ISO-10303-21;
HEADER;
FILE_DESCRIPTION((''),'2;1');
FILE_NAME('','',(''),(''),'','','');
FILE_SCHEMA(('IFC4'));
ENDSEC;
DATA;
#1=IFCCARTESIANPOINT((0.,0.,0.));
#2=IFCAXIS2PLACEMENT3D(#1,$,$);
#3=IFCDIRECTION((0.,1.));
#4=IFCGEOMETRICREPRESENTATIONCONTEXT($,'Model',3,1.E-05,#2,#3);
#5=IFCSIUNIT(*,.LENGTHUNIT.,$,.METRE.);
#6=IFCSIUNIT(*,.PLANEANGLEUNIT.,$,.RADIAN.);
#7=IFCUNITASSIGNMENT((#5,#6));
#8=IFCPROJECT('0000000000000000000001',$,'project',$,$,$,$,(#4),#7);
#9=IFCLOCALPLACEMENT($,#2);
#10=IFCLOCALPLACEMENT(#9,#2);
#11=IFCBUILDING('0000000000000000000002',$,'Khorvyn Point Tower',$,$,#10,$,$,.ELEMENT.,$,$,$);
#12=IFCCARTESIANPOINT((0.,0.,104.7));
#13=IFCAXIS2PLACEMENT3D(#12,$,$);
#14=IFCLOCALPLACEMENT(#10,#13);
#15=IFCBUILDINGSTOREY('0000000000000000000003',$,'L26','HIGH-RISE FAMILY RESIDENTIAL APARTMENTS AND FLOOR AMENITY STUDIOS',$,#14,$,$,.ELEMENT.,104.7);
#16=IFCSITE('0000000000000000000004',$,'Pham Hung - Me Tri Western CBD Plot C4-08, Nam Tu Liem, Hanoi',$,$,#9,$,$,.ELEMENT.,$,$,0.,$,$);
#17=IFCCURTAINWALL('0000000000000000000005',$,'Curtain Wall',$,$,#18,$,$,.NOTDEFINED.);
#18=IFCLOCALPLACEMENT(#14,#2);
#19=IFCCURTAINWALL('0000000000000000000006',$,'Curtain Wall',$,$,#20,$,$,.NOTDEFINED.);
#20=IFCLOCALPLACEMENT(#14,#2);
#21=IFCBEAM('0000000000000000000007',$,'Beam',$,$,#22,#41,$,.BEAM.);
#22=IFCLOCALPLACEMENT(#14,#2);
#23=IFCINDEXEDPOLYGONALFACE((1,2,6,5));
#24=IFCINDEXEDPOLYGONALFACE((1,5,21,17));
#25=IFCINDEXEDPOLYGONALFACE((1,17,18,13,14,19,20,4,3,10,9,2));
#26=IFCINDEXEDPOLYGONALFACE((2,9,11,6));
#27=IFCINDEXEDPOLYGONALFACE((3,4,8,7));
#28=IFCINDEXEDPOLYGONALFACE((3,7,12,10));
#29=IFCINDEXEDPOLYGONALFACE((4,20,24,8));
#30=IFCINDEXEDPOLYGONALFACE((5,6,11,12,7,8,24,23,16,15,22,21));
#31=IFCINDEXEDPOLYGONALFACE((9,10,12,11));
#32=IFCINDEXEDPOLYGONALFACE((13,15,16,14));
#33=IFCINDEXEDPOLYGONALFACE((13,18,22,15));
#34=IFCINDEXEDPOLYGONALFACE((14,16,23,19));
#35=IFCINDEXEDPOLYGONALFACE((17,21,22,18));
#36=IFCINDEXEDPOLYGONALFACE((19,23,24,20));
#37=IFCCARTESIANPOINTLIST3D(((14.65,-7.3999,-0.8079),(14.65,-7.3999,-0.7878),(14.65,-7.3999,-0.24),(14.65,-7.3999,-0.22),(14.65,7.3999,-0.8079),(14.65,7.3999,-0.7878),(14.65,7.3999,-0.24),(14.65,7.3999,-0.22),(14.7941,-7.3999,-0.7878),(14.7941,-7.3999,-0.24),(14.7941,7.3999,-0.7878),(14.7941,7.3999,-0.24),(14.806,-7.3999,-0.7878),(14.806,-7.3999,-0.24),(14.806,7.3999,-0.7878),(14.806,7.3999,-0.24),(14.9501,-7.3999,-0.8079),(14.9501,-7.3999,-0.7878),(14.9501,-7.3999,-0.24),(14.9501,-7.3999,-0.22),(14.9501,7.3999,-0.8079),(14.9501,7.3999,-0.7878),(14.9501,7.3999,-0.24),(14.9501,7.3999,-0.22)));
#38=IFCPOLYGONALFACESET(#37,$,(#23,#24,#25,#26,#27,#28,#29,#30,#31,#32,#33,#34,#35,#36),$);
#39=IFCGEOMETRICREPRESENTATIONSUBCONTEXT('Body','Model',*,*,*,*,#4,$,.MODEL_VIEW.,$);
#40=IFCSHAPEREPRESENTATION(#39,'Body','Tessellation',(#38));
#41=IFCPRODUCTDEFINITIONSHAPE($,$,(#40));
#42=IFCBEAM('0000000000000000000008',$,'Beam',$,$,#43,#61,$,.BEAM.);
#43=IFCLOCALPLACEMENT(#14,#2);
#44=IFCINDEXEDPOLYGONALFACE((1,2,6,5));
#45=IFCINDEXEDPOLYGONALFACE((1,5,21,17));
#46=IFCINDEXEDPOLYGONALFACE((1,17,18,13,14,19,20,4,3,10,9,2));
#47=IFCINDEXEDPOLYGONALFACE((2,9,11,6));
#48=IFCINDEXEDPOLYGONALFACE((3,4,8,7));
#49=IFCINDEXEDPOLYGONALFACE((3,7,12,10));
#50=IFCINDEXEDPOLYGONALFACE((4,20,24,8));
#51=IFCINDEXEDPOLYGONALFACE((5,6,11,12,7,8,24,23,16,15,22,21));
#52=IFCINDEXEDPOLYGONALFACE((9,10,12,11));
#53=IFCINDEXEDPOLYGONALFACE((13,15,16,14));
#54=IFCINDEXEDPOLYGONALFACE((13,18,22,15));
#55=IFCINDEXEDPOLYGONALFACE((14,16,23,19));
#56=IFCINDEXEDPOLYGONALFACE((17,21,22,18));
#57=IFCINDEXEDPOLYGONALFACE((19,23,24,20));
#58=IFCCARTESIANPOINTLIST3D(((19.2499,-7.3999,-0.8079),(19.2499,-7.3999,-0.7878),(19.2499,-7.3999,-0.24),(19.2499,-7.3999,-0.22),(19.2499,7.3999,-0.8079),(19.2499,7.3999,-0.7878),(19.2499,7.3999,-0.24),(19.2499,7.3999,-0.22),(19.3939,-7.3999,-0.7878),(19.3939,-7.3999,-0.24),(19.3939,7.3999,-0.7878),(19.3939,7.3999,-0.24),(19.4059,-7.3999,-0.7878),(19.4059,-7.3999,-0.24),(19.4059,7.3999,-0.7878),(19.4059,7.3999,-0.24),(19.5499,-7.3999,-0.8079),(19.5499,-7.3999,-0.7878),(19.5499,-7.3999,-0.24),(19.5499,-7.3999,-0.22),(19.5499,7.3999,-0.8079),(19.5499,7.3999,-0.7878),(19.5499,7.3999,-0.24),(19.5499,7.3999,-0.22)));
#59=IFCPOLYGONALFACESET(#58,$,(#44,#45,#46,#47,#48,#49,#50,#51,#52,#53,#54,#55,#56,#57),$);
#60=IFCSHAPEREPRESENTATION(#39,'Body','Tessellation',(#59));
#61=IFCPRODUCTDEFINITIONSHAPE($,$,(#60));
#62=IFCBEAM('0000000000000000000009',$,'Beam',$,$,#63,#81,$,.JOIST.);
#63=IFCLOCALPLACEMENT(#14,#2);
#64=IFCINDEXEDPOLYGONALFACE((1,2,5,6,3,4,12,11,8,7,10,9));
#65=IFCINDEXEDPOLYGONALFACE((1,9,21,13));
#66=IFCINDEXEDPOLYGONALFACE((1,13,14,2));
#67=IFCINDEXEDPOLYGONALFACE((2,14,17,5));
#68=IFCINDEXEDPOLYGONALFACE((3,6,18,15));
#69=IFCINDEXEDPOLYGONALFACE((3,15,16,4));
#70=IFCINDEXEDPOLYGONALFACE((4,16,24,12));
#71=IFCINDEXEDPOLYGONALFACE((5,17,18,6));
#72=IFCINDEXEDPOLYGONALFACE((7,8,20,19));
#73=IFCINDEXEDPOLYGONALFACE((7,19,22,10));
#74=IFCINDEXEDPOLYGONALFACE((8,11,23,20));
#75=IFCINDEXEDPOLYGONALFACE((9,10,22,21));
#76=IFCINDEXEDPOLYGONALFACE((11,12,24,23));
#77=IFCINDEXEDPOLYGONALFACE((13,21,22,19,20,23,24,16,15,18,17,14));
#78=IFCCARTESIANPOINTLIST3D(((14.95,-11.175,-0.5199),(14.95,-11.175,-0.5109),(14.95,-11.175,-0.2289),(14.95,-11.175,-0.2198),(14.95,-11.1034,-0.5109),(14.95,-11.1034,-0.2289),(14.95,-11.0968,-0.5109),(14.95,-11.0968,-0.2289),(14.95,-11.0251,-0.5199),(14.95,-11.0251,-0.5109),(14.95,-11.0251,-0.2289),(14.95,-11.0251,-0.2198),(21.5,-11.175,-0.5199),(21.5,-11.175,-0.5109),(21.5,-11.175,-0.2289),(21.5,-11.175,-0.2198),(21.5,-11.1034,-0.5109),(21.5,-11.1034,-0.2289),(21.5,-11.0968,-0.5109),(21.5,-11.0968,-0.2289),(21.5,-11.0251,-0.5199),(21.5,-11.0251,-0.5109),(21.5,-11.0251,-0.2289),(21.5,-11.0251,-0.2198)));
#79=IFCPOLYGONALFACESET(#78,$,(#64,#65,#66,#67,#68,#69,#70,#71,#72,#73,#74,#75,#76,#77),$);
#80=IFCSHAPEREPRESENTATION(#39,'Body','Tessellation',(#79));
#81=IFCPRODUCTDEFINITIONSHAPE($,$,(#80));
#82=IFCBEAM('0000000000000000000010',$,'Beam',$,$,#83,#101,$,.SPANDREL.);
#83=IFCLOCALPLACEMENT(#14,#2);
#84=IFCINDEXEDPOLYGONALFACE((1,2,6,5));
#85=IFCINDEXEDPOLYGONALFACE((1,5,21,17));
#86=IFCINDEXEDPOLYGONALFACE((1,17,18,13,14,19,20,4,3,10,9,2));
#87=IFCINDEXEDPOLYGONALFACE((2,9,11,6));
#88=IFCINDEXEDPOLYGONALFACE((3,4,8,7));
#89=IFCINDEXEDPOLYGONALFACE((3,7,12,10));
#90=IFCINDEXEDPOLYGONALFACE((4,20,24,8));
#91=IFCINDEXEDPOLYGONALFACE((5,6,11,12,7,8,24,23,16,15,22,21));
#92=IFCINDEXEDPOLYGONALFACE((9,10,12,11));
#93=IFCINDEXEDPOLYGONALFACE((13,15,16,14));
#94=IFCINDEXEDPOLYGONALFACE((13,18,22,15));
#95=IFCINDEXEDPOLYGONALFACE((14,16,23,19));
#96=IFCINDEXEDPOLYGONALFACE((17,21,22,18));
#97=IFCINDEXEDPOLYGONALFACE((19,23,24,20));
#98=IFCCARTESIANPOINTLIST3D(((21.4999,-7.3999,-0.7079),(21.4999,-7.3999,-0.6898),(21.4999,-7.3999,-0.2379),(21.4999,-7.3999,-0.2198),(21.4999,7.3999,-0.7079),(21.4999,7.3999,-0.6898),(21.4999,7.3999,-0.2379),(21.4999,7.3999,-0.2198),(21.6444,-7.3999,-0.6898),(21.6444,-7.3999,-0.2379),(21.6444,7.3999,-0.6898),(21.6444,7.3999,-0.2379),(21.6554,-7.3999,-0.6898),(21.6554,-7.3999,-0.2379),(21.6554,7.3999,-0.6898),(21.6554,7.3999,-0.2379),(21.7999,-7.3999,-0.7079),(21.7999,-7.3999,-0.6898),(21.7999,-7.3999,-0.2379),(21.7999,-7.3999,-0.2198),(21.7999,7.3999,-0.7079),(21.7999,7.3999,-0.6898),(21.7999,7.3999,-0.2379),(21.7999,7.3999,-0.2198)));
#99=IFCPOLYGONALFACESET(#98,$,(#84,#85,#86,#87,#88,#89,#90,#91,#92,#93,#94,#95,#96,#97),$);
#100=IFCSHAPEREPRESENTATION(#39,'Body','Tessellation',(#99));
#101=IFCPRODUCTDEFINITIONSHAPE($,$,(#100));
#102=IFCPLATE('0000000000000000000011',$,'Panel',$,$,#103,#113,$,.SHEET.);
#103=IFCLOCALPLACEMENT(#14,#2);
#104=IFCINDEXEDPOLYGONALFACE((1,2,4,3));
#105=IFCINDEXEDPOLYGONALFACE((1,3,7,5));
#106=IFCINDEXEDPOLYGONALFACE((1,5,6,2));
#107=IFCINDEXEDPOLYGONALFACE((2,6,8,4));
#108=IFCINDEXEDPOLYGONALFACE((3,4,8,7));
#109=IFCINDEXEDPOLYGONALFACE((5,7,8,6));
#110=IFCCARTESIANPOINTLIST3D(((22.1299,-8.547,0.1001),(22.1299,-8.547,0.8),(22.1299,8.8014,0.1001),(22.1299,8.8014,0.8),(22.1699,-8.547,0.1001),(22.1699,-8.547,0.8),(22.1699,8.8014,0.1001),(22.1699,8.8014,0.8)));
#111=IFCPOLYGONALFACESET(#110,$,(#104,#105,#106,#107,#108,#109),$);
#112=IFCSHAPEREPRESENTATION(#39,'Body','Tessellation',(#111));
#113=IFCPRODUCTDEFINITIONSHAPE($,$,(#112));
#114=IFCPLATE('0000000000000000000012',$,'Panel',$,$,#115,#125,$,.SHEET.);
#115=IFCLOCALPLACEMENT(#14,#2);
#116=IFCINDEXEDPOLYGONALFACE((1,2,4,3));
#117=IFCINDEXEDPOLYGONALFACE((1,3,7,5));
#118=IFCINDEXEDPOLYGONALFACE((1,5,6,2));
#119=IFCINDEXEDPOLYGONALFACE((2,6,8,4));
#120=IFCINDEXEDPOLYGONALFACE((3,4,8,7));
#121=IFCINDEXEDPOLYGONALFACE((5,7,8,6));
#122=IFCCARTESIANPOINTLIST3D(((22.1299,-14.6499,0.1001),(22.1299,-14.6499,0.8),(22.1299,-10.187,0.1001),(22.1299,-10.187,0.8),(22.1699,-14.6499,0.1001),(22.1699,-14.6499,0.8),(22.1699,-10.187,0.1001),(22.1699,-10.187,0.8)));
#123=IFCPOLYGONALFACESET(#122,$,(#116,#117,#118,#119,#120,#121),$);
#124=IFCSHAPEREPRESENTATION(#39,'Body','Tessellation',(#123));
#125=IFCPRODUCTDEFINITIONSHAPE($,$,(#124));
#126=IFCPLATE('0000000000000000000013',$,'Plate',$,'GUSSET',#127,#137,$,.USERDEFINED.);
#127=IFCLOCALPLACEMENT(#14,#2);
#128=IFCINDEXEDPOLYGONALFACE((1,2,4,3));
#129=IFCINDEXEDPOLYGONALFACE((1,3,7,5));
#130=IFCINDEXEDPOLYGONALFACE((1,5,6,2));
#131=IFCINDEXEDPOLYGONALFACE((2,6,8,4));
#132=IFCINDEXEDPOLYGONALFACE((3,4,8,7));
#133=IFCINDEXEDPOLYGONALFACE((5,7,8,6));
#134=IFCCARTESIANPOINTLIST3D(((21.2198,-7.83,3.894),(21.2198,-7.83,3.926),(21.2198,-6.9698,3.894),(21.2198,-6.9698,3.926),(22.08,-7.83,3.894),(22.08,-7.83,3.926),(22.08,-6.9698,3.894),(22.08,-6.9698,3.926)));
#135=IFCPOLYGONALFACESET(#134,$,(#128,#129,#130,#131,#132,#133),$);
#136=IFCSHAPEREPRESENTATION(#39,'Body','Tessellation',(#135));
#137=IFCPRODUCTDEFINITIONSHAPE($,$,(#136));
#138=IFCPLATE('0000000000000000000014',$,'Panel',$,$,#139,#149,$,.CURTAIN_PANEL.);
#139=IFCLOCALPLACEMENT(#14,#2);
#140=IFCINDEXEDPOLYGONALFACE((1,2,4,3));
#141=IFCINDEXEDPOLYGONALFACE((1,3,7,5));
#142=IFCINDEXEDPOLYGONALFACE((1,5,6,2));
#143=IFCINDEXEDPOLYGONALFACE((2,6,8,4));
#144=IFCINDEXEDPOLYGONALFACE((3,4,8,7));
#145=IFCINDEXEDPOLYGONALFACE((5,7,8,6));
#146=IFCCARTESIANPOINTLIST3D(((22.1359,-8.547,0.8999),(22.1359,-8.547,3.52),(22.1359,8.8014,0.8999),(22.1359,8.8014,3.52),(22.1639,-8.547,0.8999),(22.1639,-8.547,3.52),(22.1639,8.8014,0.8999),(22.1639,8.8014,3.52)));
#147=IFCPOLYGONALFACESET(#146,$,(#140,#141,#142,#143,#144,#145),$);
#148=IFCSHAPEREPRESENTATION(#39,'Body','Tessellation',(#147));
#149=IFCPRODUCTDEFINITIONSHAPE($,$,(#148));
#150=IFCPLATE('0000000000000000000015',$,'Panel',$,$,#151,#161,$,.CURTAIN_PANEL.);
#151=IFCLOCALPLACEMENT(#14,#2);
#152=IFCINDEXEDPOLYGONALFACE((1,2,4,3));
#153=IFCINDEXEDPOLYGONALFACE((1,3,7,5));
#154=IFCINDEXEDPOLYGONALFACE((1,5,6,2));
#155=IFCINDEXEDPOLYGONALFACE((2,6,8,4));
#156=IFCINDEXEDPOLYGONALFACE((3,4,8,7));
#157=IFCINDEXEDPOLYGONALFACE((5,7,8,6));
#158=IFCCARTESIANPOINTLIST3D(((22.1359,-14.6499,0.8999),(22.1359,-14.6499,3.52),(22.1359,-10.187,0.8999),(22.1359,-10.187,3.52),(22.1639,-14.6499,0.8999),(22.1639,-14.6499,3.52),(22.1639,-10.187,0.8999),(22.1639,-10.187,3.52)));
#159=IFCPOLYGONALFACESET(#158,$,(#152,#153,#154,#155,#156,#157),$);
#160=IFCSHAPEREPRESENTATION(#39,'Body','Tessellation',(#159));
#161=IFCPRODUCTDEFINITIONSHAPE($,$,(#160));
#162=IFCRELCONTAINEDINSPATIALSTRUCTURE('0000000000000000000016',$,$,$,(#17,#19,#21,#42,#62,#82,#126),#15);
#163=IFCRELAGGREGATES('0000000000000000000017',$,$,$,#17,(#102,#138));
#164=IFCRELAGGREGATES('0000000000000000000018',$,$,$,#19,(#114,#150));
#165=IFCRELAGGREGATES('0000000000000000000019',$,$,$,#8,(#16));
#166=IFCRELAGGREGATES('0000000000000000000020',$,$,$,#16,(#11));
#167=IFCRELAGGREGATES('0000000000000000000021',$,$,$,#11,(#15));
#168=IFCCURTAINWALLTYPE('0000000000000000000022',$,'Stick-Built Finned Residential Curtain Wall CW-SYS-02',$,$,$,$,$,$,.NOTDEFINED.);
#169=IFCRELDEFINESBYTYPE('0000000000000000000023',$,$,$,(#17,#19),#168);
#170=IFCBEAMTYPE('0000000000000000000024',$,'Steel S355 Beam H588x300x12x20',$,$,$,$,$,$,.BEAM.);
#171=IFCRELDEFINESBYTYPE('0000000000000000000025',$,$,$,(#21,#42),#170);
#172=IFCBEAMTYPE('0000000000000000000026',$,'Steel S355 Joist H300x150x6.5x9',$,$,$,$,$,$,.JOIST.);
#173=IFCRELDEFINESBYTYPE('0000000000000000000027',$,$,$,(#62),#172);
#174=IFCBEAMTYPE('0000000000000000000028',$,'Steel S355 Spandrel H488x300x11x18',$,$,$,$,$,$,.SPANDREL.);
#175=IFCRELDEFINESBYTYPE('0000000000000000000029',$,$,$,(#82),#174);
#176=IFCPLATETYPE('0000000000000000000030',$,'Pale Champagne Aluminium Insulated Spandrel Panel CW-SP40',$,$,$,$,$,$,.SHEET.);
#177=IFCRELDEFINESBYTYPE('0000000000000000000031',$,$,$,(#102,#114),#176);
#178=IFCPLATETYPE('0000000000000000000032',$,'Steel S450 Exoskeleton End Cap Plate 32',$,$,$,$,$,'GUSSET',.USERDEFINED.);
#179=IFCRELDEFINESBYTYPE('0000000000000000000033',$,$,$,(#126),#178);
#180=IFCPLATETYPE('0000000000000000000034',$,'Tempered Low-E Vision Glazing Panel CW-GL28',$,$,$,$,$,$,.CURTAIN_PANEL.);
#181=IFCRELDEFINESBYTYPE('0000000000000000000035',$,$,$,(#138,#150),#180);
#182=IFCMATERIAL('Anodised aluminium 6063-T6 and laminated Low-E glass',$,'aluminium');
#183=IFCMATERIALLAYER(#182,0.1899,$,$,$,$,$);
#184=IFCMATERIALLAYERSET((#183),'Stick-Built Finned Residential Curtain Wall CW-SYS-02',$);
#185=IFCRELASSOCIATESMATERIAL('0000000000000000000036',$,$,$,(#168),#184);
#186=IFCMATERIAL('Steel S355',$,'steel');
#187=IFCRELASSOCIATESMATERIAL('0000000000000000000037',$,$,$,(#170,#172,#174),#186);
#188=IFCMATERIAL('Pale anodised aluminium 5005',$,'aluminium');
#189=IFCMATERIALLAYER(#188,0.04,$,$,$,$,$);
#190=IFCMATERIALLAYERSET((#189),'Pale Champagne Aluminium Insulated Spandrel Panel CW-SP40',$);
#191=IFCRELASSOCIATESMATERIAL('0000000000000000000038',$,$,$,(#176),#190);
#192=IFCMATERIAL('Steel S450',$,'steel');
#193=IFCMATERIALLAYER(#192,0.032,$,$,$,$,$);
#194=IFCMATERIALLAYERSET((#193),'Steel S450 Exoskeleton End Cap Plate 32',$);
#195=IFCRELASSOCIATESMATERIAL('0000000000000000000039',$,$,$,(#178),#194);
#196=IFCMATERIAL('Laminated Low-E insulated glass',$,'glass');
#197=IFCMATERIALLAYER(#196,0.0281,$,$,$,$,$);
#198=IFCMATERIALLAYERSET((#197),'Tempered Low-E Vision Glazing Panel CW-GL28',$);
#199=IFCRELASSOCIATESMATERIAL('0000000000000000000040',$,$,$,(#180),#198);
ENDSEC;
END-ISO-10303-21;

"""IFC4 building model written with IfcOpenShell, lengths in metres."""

from ifc_helpers import new_model, si_unit, direction, frame, origin, origin_2d, place, context, subcontext, project, spatial, rectangle, i_section, extrude, material, layer, layer_set, material_profile, profile_set, type_object, element, aggregate, save


model = new_model("IFC4")

# Units and contexts
model_context = context("Model", 3, precision=1e-05, world=origin(), true_north=direction((0.0, 1.0)))
body_context = subcontext(model_context, "Body", "Model", "MODEL_VIEW")
ifc_project = project(units=[si_unit("LENGTHUNIT", "METRE"), si_unit("PLANEANGLEUNIT", "RADIAN")], contexts=[model_context])

# Site, building, storey
site_placement = place(None, origin())
site = spatial("IfcSite", under=ifc_project, at=site_placement, Name="Pham Hung - Me Tri Western CBD Plot C4-08, Nam Tu Liem, Hanoi", CompositionType="ELEMENT", RefElevation=0.0)
building_placement = place(site_placement, origin())
building = spatial("IfcBuilding", under=site, at=building_placement, Name="Khorvyn Point Tower", CompositionType="ELEMENT")
storey_placement = place(building_placement, frame((0.0, 0.0, 104.7)))
storey = spatial("IfcBuildingStorey", under=building, at=storey_placement, Name="L26", Description="HIGH-RISE FAMILY RESIDENTIAL APARTMENTS AND FLOOR AMENITY STUDIOS", CompositionType="ELEMENT", Elevation=104.7)

# Shared definitions
ifc_material_1 = material(Name="Steel S450", Category="steel")

# Curtain wall
ifc_material_2 = material(Name="Anodised aluminium 6063-T6 and laminated Low-E glass", Category="aluminium")
ifc_layer_1 = layer(ifc_material_2, 0.1899)
ifc_layer_set_1 = layer_set([ifc_layer_1], Name="Stick-Built Finned Residential Curtain Wall CW-SYS-02")
curtain_wall_type = type_object("IfcCurtainWallType", Name="Stick-Built Finned Residential Curtain Wall CW-SYS-02", PredefinedType="NOTDEFINED", material=ifc_layer_set_1)
curtain_wall_1_placement = place(storey_placement, origin())
curtain_wall_1 = element("IfcCurtainWall", 1, at=curtain_wall_1_placement, inside=storey, type_object=curtain_wall_type, Name="Curtain Wall", PredefinedType="NOTDEFINED")

# Curtain wall
curtain_wall_2_placement = place(storey_placement, origin())
curtain_wall_2 = element("IfcCurtainWall", 2, at=curtain_wall_2_placement, inside=storey, type_object=curtain_wall_type, Name="Curtain Wall", PredefinedType="NOTDEFINED")

# Beams
ifc_material_3 = material(Name="Steel S355", Category="steel")
ifc_material_profile_1 = material_profile(ifc_material_3, i_section(OverallWidth=0.3, OverallDepth=0.5879, WebThickness=0.012, FlangeThickness=0.02, at=origin_2d()))
ifc_profile_set_1 = profile_set([ifc_material_profile_1], Name="Steel S355 H588x300x12x20")
beam_type_1 = type_object("IfcBeamType", Name="Steel S355 Beam H588x300x12x20", PredefinedType="BEAM", material=ifc_profile_set_1)
for number, where, z_axis, x_axis, name in (
    (3, (14.8, -7.3999, -0.5139), (0.0, 1.0, 0.0), (-1.0, 0.0, 0.0), "Beam"),
    (4, (19.3999, -7.3999, -0.5139), (0.0, 1.0, 0.0), (-1.0, 0.0, 0.0), "Beam"),
):
    element("IfcBeam", number, at=place(storey_placement, frame(where, z_axis=z_axis, x_axis=x_axis)), inside=storey, type_object=beam_type_1, Name=name, PredefinedType="BEAM", context=body_context, shape_type="SweptSolid", body=[
        extrude(i_section(OverallWidth=0.3, OverallDepth=0.5879, WebThickness=0.012, FlangeThickness=0.02, at=origin_2d()), origin(), (0.0, 0.0, 1.0), 14.7998),
    ])
ifc_material_profile_2 = material_profile(ifc_material_3, i_section(OverallWidth=0.1499, OverallDepth=0.3, WebThickness=0.0066, FlangeThickness=0.009, at=origin_2d()))
ifc_profile_set_2 = profile_set([ifc_material_profile_2], Name="Steel S355 H300x150x6.5x9")
beam_type_2 = type_object("IfcBeamType", Name="Steel S355 Joist H300x150x6.5x9", PredefinedType="JOIST", material=ifc_profile_set_2)
beam_1_placement = place(storey_placement, frame((14.95, -11.1001, -0.3699), z_axis=(1.0, 0.0, 0.0), x_axis=(0.0, 1.0, 0.0)))
element("IfcBeam", 5, at=beam_1_placement, inside=storey, type_object=beam_type_2, Name="Beam", PredefinedType="JOIST", context=body_context, shape_type="SweptSolid", body=[
    extrude(i_section(OverallWidth=0.1499, OverallDepth=0.3, WebThickness=0.0066, FlangeThickness=0.009, at=origin_2d()), origin(), (0.0, 0.0, 1.0), 6.55),
])
ifc_material_profile_3 = material_profile(ifc_material_3, i_section(OverallWidth=0.3, OverallDepth=0.488, WebThickness=0.011, FlangeThickness=0.0181, at=origin_2d()))
ifc_profile_set_3 = profile_set([ifc_material_profile_3], Name="Steel S355 H488x300x11x18")
beam_type_3 = type_object("IfcBeamType", Name="Steel S355 Spandrel H488x300x11x18", PredefinedType="SPANDREL", material=ifc_profile_set_3)
beam_2_placement = place(storey_placement, frame((21.6499, -7.3999, -0.4639), z_axis=(0.0, 1.0, 0.0), x_axis=(-1.0, 0.0, 0.0)))
element("IfcBeam", 6, at=beam_2_placement, inside=storey, type_object=beam_type_3, Name="Beam", PredefinedType="SPANDREL", context=body_context, shape_type="SweptSolid", body=[
    extrude(i_section(OverallWidth=0.3, OverallDepth=0.488, WebThickness=0.011, FlangeThickness=0.0181, at=origin_2d()), origin(), (0.0, 0.0, 1.0), 14.7998),
])

# Plates
ifc_material_4 = material(Name="Pale anodised aluminium 5005", Category="aluminium")
ifc_layer_2 = layer(ifc_material_4, 0.04)
ifc_layer_set_2 = layer_set([ifc_layer_2], Name="Pale Champagne Aluminium Insulated Spandrel Panel CW-SP40")
plate_type_1 = type_object("IfcPlateType", Name="Pale Champagne Aluminium Insulated Spandrel Panel CW-SP40", PredefinedType="SHEET", material=ifc_layer_set_2)
plate_1_placement = place(storey_placement, frame((22.1499, 0.1272, 0.1001), z_axis=(0.0, 0.0, 1.0), x_axis=(0.0, -1.0, 0.0)))
plate_1 = element("IfcPlate", 7, at=plate_1_placement, type_object=plate_type_1, Name="Panel", PredefinedType="SHEET", context=body_context, shape_type="SweptSolid", body=[
    extrude(rectangle(XDim=17.3484, YDim=0.04, at=origin_2d()), origin(), (0.0, 0.0, 1.0), 0.7),
])
plate_2_placement = place(storey_placement, frame((22.1499, -12.4185, 0.1001), z_axis=(0.0, 0.0, 1.0), x_axis=(0.0, -1.0, 0.0)))
plate_2 = element("IfcPlate", 8, at=plate_2_placement, type_object=plate_type_1, Name="Panel", PredefinedType="SHEET", context=body_context, shape_type="SweptSolid", body=[
    extrude(rectangle(XDim=4.4629, YDim=0.04, at=origin_2d()), origin(), (0.0, 0.0, 1.0), 0.7),
])
ifc_layer_3 = layer(ifc_material_1, 0.032)
ifc_layer_set_3 = layer_set([ifc_layer_3], Name="Steel S450 Exoskeleton End Cap Plate 32")
plate_type_2 = type_object("IfcPlateType", Name="Steel S450 Exoskeleton End Cap Plate 32", ElementType="GUSSET", PredefinedType="USERDEFINED", material=ifc_layer_set_3)
plate_3_placement = place(storey_placement, frame((21.6499, -7.3999, 3.894), z_axis=(0.0, 0.0, 1.0), x_axis=(1.0, 0.0, 0.0)))
element("IfcPlate", 9, at=plate_3_placement, inside=storey, type_object=plate_type_2, Name="Plate", ObjectType="GUSSET", PredefinedType="USERDEFINED", context=body_context, shape_type="SweptSolid", body=[
    extrude(rectangle(XDim=0.8601, YDim=0.8601, at=origin_2d()), origin(), (0.0, 0.0, 1.0), 0.032),
])
ifc_material_5 = material(Name="Laminated Low-E insulated glass", Category="glass")
ifc_layer_4 = layer(ifc_material_5, 0.0281)
ifc_layer_set_4 = layer_set([ifc_layer_4], Name="Tempered Low-E Vision Glazing Panel CW-GL28")
plate_type_3 = type_object("IfcPlateType", Name="Tempered Low-E Vision Glazing Panel CW-GL28", PredefinedType="CURTAIN_PANEL", material=ifc_layer_set_4)
plate_4_placement = place(storey_placement, frame((22.1499, 0.1272, 0.8999), z_axis=(0.0, 0.0, 1.0), x_axis=(0.0, -1.0, 0.0)))
plate_4 = element("IfcPlate", 10, at=plate_4_placement, type_object=plate_type_3, Name="Panel", PredefinedType="CURTAIN_PANEL", context=body_context, shape_type="SweptSolid", body=[
    extrude(rectangle(XDim=17.3484, YDim=0.0281, at=origin_2d()), origin(), (0.0, 0.0, 1.0), 2.6201),
])
aggregate(curtain_wall_1, [plate_1, plate_4])
plate_5_placement = place(storey_placement, frame((22.1499, -12.4185, 0.8999), z_axis=(0.0, 0.0, 1.0), x_axis=(0.0, -1.0, 0.0)))
plate_5 = element("IfcPlate", 11, at=plate_5_placement, type_object=plate_type_3, Name="Panel", PredefinedType="CURTAIN_PANEL", context=body_context, shape_type="SweptSolid", body=[
    extrude(rectangle(XDim=4.4629, YDim=0.0281, at=origin_2d()), origin(), (0.0, 0.0, 1.0), 2.6201),
])
aggregate(curtain_wall_2, [plate_2, plate_5])

save(model, "model.ifc")
